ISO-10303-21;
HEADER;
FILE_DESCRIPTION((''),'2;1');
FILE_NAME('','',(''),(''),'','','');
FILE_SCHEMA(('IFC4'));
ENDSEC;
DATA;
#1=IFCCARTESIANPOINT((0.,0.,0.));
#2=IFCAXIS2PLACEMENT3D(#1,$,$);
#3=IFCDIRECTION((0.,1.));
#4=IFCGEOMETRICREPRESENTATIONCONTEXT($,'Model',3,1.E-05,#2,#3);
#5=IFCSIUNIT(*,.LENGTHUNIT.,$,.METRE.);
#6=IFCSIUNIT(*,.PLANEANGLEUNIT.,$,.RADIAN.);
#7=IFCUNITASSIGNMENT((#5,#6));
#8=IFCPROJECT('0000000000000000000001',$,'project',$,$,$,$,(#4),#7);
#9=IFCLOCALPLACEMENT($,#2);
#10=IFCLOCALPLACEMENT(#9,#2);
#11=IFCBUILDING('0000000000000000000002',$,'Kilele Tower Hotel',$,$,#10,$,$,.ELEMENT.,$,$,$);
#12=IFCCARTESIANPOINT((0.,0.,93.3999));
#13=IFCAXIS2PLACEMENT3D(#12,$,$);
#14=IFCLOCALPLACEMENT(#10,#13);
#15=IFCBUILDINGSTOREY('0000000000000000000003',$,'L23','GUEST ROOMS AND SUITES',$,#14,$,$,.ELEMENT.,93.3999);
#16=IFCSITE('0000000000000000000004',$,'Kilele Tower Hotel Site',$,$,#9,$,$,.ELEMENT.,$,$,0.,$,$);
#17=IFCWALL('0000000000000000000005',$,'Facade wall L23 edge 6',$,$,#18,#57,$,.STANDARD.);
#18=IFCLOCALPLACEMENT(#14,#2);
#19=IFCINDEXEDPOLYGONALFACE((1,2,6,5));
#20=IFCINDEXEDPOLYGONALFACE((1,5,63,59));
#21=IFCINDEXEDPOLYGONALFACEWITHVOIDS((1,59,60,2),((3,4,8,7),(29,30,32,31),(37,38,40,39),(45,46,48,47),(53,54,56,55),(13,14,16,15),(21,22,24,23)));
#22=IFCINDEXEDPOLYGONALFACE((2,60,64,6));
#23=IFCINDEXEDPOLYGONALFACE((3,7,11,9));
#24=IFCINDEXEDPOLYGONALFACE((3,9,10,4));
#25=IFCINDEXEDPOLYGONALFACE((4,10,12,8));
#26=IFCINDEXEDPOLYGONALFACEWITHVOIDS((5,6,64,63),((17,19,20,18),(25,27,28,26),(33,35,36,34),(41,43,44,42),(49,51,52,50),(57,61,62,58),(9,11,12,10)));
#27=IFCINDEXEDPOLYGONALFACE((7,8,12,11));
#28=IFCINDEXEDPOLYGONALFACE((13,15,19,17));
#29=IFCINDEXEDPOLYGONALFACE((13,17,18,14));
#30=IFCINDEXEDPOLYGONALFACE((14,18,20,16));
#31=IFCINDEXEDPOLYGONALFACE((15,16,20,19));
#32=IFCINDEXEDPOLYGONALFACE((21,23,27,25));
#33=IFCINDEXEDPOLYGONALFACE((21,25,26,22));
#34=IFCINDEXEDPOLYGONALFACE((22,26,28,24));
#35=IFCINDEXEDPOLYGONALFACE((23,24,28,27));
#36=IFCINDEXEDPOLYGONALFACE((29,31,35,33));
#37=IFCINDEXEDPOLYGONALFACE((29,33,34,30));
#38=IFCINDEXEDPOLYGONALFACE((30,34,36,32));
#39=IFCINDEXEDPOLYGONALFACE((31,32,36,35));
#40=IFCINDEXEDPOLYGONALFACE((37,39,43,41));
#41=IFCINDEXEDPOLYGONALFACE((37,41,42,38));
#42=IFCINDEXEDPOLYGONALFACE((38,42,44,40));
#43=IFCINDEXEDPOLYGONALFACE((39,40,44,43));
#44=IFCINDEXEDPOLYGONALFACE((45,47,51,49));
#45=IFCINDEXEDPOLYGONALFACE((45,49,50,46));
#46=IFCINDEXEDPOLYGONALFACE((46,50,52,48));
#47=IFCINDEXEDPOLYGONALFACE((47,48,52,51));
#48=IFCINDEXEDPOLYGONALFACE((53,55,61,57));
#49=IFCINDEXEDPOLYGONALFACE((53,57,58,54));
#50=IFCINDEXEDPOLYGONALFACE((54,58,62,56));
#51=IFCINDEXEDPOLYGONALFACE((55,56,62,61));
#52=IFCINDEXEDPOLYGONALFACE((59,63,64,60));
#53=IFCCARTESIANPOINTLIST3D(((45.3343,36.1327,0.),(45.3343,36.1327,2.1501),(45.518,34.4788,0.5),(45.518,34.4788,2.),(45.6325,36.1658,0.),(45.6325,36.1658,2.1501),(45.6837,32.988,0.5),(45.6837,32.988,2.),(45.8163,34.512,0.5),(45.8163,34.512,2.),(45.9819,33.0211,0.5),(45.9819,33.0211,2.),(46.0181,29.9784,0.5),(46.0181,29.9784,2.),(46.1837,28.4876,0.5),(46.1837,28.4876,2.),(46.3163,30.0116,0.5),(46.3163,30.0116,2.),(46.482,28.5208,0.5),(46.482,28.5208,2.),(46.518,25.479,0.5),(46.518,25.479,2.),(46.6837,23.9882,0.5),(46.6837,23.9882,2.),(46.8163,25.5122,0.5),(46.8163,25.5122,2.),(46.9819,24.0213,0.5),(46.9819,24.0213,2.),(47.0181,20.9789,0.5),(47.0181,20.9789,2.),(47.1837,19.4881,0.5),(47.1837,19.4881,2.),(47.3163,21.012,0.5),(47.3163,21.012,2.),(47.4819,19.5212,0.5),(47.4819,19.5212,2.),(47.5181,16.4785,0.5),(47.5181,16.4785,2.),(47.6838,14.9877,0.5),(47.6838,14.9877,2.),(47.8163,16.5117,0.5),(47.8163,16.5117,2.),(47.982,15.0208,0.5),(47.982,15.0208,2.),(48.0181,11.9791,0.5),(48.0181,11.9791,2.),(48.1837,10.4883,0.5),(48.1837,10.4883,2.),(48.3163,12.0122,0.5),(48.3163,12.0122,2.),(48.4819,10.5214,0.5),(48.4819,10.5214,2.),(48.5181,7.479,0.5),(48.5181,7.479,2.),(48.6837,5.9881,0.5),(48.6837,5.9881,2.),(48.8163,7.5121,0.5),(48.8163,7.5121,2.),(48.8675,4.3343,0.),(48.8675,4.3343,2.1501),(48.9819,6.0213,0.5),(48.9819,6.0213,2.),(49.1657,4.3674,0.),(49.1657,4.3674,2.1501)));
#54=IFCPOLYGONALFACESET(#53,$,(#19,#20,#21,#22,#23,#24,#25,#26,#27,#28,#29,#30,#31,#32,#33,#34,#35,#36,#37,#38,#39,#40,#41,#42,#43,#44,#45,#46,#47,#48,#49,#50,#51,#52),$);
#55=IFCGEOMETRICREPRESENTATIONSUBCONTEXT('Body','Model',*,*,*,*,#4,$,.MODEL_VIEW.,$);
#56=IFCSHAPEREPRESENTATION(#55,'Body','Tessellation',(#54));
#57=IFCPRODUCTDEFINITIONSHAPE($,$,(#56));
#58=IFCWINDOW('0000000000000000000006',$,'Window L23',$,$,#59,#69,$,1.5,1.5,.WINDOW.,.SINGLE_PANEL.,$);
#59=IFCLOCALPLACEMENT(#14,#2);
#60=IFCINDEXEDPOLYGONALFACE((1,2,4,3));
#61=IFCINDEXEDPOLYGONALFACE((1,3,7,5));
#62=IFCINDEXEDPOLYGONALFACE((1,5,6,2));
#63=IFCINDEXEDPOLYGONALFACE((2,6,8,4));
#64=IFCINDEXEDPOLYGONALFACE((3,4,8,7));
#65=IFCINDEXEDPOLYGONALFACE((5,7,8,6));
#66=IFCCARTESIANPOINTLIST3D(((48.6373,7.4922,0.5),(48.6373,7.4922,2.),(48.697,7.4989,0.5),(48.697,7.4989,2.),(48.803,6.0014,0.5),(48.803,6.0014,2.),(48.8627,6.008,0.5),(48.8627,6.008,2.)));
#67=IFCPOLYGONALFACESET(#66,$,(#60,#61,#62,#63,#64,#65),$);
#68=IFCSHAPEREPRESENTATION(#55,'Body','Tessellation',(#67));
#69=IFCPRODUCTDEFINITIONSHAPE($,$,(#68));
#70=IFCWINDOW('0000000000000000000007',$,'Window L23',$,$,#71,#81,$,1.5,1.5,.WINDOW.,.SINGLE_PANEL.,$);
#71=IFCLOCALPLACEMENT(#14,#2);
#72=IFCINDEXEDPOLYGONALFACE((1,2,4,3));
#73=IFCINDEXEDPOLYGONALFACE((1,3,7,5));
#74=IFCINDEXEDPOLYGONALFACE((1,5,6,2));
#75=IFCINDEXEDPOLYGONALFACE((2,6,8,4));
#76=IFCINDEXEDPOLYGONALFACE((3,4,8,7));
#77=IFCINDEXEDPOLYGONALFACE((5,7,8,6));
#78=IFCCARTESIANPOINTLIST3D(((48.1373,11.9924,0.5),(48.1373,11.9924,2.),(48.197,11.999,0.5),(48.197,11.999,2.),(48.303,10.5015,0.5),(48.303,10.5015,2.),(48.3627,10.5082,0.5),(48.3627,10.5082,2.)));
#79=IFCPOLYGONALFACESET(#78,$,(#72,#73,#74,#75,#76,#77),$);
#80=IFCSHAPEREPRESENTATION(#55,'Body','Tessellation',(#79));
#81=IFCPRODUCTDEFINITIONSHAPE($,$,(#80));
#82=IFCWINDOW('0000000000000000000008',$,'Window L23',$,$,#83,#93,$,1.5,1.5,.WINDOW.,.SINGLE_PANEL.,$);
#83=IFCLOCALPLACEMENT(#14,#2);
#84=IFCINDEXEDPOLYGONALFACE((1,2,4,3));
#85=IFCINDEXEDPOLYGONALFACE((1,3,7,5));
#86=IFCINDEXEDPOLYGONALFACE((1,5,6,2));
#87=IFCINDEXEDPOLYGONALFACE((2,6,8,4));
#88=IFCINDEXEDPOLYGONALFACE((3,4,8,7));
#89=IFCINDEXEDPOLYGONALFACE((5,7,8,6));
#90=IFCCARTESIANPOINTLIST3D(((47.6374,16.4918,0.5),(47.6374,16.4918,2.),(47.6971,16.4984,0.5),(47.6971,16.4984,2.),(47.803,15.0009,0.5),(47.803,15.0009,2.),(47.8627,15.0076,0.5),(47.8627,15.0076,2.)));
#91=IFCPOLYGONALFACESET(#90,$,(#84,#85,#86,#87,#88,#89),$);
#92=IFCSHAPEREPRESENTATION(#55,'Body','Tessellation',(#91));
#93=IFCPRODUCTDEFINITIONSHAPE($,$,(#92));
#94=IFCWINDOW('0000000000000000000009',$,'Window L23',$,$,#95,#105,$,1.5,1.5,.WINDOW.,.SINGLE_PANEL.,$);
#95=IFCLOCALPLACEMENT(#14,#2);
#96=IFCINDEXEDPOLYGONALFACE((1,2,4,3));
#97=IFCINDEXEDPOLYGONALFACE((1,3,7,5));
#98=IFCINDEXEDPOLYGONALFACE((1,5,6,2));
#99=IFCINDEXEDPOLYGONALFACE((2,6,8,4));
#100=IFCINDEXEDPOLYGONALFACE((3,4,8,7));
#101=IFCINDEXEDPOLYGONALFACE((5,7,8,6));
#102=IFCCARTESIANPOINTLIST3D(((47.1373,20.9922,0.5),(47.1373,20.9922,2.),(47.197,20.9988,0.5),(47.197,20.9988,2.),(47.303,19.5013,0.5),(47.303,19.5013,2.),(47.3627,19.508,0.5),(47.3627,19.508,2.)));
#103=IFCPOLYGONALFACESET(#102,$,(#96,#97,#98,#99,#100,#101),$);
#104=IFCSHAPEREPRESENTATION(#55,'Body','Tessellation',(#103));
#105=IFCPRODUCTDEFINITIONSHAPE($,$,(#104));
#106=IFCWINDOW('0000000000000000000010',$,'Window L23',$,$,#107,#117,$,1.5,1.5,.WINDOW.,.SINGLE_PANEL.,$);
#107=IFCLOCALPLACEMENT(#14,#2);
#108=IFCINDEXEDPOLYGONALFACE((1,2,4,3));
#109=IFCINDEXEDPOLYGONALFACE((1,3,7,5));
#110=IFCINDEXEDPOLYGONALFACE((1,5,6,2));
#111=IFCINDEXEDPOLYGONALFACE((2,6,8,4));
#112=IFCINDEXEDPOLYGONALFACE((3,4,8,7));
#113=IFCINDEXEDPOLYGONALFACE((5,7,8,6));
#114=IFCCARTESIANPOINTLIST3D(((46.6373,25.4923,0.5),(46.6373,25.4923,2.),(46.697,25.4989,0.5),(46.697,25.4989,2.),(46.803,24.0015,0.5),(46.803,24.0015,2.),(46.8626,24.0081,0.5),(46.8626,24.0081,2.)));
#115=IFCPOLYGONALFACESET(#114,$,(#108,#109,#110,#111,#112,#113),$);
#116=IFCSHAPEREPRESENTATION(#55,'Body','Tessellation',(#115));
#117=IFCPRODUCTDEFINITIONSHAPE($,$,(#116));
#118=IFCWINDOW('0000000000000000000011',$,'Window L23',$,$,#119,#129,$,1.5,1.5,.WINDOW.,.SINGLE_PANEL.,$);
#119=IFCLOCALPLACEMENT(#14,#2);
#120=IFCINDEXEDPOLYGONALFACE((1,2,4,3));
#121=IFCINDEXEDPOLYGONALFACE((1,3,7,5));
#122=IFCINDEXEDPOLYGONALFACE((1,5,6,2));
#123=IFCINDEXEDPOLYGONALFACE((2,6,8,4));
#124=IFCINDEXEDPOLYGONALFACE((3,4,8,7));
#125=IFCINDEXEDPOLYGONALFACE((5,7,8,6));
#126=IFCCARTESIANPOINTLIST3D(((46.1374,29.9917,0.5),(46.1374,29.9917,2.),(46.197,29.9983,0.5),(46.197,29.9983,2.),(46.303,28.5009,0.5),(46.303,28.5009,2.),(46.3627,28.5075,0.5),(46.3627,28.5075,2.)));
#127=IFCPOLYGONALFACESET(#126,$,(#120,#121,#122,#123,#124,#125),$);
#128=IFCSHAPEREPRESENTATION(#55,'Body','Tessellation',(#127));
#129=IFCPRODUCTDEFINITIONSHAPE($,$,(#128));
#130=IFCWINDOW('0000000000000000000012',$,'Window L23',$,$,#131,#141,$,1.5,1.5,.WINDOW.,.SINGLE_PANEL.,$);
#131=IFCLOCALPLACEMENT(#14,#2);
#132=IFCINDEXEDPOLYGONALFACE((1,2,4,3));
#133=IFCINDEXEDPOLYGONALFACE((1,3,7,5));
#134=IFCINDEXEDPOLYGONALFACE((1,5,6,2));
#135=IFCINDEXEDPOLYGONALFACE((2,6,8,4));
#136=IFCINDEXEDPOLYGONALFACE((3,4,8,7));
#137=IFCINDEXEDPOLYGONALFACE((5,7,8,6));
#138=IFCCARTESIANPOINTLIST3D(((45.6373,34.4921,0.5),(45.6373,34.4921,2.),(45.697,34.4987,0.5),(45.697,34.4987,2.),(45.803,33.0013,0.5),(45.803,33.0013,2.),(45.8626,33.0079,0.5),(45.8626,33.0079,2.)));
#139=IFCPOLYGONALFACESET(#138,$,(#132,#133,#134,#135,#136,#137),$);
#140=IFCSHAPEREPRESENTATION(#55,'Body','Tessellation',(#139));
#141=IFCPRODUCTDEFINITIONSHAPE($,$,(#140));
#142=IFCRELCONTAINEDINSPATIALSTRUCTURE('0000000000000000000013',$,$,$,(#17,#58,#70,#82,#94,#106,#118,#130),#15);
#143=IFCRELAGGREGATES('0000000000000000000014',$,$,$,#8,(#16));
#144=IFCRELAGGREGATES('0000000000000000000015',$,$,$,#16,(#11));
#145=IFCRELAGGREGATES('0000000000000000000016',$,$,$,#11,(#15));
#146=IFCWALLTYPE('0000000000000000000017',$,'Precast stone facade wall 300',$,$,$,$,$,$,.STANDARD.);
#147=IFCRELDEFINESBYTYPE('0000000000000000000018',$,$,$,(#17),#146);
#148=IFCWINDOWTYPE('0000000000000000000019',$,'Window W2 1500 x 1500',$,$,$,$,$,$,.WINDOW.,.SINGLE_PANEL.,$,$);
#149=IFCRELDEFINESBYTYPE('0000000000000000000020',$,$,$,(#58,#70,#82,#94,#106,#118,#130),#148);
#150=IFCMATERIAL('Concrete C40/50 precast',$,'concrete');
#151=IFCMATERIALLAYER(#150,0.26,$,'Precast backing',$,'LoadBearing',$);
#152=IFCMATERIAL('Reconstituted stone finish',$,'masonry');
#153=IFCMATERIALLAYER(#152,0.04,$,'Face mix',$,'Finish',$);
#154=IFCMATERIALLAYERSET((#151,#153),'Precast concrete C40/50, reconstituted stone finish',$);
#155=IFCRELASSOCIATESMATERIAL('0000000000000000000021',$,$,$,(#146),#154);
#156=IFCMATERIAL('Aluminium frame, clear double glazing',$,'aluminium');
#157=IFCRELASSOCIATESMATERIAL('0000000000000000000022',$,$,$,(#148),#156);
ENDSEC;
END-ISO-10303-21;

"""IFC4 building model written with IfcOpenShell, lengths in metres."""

from ifc_helpers import new_model, si_unit, direction, frame, frame_2d, origin, place, context, subcontext, project, spatial, rectangle, extrude, material, layer, layer_set, type_object, element, fill, save


model = new_model("IFC4")

# Units and contexts
model_context = context("Model", 3, precision=1e-05, world=origin(), true_north=direction((0.0, 1.0)))
body_context = subcontext(model_context, "Body", "Model", "MODEL_VIEW")
ifc_project = project(units=[si_unit("LENGTHUNIT", "METRE"), si_unit("PLANEANGLEUNIT", "RADIAN")], contexts=[model_context])

# Site, building, storey
site_placement = place(None, origin())
site = spatial("IfcSite", under=ifc_project, at=site_placement, Name="Kilele Tower Hotel Site", CompositionType="ELEMENT", RefElevation=0.0)
building_placement = place(site_placement, origin())
building = spatial("IfcBuilding", under=site, at=building_placement, Name="Kilele Tower Hotel", CompositionType="ELEMENT")
storey_placement = place(building_placement, frame((0.0, 0.0, 93.3999)))
storey = spatial("IfcBuildingStorey", under=building, at=storey_placement, Name="L23", Description="GUEST ROOMS AND SUITES", CompositionType="ELEMENT", Elevation=93.3999)

# Shared definitions
ifc_material_1 = material(Name="Concrete C40/50 precast", Category="concrete")
ifc_layer_1 = layer(ifc_material_1, 0.26, Name="Precast backing", Category="LoadBearing")
ifc_material_2 = material(Name="Reconstituted stone finish", Category="masonry")
ifc_layer_2 = layer(ifc_material_2, 0.04, Name="Face mix", Category="Finish")
ifc_layer_set_1 = layer_set([ifc_layer_1, ifc_layer_2], Name="Precast concrete C40/50, reconstituted stone finish")
wall_type_1 = type_object("IfcWallType", Name="Precast stone facade wall 300", PredefinedType="STANDARD", material=ifc_layer_set_1)
ifc_material_3 = material(Name="Aluminium frame, clear double glazing", Category="aluminium")
window_type = type_object("IfcWindowType", Name="Window W2 1500 x 1500", PartitioningType="SINGLE_PANEL", PredefinedType="WINDOW", material=ifc_material_3)

# Wall, openings, windows
wall_1_placement = place(storey_placement, frame((49.0166, 4.3508, 0.0), z_axis=(0.0, 0.0, 1.0), x_axis=(-0.110433, 0.993884, 0.0)))
wall_1 = element("IfcWall", 1, at=wall_1_placement, inside=storey, type_object=wall_type_1, Name="Facade wall L23 edge 6", PredefinedType="STANDARD", context=body_context, shape_type="SweptSolid", body=[
    extrude(rectangle(XDim=31.9941, YDim=0.3, at=frame_2d((15.9971, 0.0))), origin(), (0.0, 0.0, 1.0), 2.1501),
])
opening_1_placement = place(wall_1_placement, frame((1.6641, 0.0, 0.5)))
opening_1 = element("IfcOpeningElement", 2, at=opening_1_placement, cuts=wall_1, PredefinedType="OPENING", context=body_context, shape_type="SweptSolid", body=[
    extrude(rectangle(XDim=1.5, YDim=1.5, at=frame_2d((0.75, 0.75))), frame((0.0, 0.1599, 0.0), z_axis=(0.0, -1.0, 0.0), x_axis=(1.0, 0.0, 0.0)), (0.0, 0.0, 1.0), 0.3201),
])
opening_2_placement = place(wall_1_placement, frame((6.1919, 0.0, 0.5)))
opening_2 = element("IfcOpeningElement", 3, at=opening_2_placement, cuts=wall_1, PredefinedType="OPENING", context=body_context, shape_type="SweptSolid", body=[
    extrude(rectangle(XDim=1.5, YDim=1.5, at=frame_2d((0.75, 0.75))), frame((0.0, 0.1599, 0.0), z_axis=(0.0, -1.0, 0.0), x_axis=(1.0, 0.0, 0.0)), (0.0, 0.0, 1.0), 0.3201),
])
opening_3_placement = place(wall_1_placement, frame((10.719, 0.0, 0.5)))
opening_3 = element("IfcOpeningElement", 4, at=opening_3_placement, cuts=wall_1, PredefinedType="OPENING", context=body_context, shape_type="SweptSolid", body=[
    extrude(rectangle(XDim=1.5, YDim=1.5, at=frame_2d((0.75, 0.75))), frame((0.0, 0.1599, 0.0), z_axis=(0.0, -1.0, 0.0), x_axis=(1.0, 0.0, 0.0)), (0.0, 0.0, 1.0), 0.3201),
])
opening_4_placement = place(wall_1_placement, frame((15.2471, 0.0, 0.5)))
opening_4 = element("IfcOpeningElement", 5, at=opening_4_placement, cuts=wall_1, PredefinedType="OPENING", context=body_context, shape_type="SweptSolid", body=[
    extrude(rectangle(XDim=1.5, YDim=1.5, at=frame_2d((0.75, 0.75))), frame((0.0, 0.1599, 0.0), z_axis=(0.0, -1.0, 0.0), x_axis=(1.0, 0.0, 0.0)), (0.0, 0.0, 1.0), 0.3201),
])
opening_5_placement = place(wall_1_placement, frame((19.7749, 0.0, 0.5)))
opening_5 = element("IfcOpeningElement", 6, at=opening_5_placement, cuts=wall_1, PredefinedType="OPENING", context=body_context, shape_type="SweptSolid", body=[
    extrude(rectangle(XDim=1.5, YDim=1.5, at=frame_2d((0.75, 0.75))), frame((0.0, 0.1599, 0.0), z_axis=(0.0, -1.0, 0.0), x_axis=(1.0, 0.0, 0.0)), (0.0, 0.0, 1.0), 0.3201),
])
opening_6_placement = place(wall_1_placement, frame((24.302, 0.0, 0.5)))
opening_6 = element("IfcOpeningElement", 7, at=opening_6_placement, cuts=wall_1, PredefinedType="OPENING", context=body_context, shape_type="SweptSolid", body=[
    extrude(rectangle(XDim=1.5, YDim=1.5, at=frame_2d((0.75, 0.75))), frame((0.0, 0.1599, 0.0), z_axis=(0.0, -1.0, 0.0), x_axis=(1.0, 0.0, 0.0)), (0.0, 0.0, 1.0), 0.3201),
])
opening_7_placement = place(wall_1_placement, frame((28.8301, 0.0, 0.5)))
opening_7 = element("IfcOpeningElement", 8, at=opening_7_placement, cuts=wall_1, PredefinedType="OPENING", context=body_context, shape_type="SweptSolid", body=[
    extrude(rectangle(XDim=1.5, YDim=1.5, at=frame_2d((0.75, 0.75))), frame((0.0, 0.1599, 0.0), z_axis=(0.0, -1.0, 0.0), x_axis=(1.0, 0.0, 0.0)), (0.0, 0.0, 1.0), 0.3201),
])
window_1_placement = place(opening_1_placement, origin())
window_1 = element("IfcWindow", 9, at=window_1_placement, inside=storey, type_object=window_type, Name="Window L23", OverallHeight=1.5, OverallWidth=1.5, PartitioningType="SINGLE_PANEL", PredefinedType="WINDOW", context=body_context, shape_type="SweptSolid", body=[
    extrude(rectangle(XDim=1.5, YDim=1.5, at=frame_2d((0.75, 0.75))), frame((0.0, 0.03, 0.0), z_axis=(0.0, -1.0, 0.0), x_axis=(1.0, 0.0, 0.0)), (0.0, 0.0, 1.0), 0.0601),
])
fill(opening_1, window_1)
window_2_placement = place(opening_2_placement, origin())
window_2 = element("IfcWindow", 10, at=window_2_placement, inside=storey, type_object=window_type, Name="Window L23", OverallHeight=1.5, OverallWidth=1.5, PartitioningType="SINGLE_PANEL", PredefinedType="WINDOW", context=body_context, shape_type="SweptSolid", body=[
    extrude(rectangle(XDim=1.5, YDim=1.5, at=frame_2d((0.75, 0.75))), frame((0.0, 0.03, 0.0), z_axis=(0.0, -1.0, 0.0), x_axis=(1.0, 0.0, 0.0)), (0.0, 0.0, 1.0), 0.0601),
])
fill(opening_2, window_2)
window_3_placement = place(opening_3_placement, origin())
window_3 = element("IfcWindow", 11, at=window_3_placement, inside=storey, type_object=window_type, Name="Window L23", OverallHeight=1.5, OverallWidth=1.5, PartitioningType="SINGLE_PANEL", PredefinedType="WINDOW", context=body_context, shape_type="SweptSolid", body=[
    extrude(rectangle(XDim=1.5, YDim=1.5, at=frame_2d((0.75, 0.75))), frame((0.0, 0.03, 0.0), z_axis=(0.0, -1.0, 0.0), x_axis=(1.0, 0.0, 0.0)), (0.0, 0.0, 1.0), 0.0601),
])
fill(opening_3, window_3)
window_4_placement = place(opening_4_placement, origin())
window_4 = element("IfcWindow", 12, at=window_4_placement, inside=storey, type_object=window_type, Name="Window L23", OverallHeight=1.5, OverallWidth=1.5, PartitioningType="SINGLE_PANEL", PredefinedType="WINDOW", context=body_context, shape_type="SweptSolid", body=[
    extrude(rectangle(XDim=1.5, YDim=1.5, at=frame_2d((0.75, 0.75))), frame((0.0, 0.03, 0.0), z_axis=(0.0, -1.0, 0.0), x_axis=(1.0, 0.0, 0.0)), (0.0, 0.0, 1.0), 0.0601),
])
fill(opening_4, window_4)
window_5_placement = place(opening_5_placement, origin())
window_5 = element("IfcWindow", 13, at=window_5_placement, inside=storey, type_object=window_type, Name="Window L23", OverallHeight=1.5, OverallWidth=1.5, PartitioningType="SINGLE_PANEL", PredefinedType="WINDOW", context=body_context, shape_type="SweptSolid", body=[
    extrude(rectangle(XDim=1.5, YDim=1.5, at=frame_2d((0.75, 0.75))), frame((0.0, 0.03, 0.0), z_axis=(0.0, -1.0, 0.0), x_axis=(1.0, 0.0, 0.0)), (0.0, 0.0, 1.0), 0.0601),
])
fill(opening_5, window_5)
window_6_placement = place(opening_6_placement, origin())
window_6 = element("IfcWindow", 14, at=window_6_placement, inside=storey, type_object=window_type, Name="Window L23", OverallHeight=1.5, OverallWidth=1.5, PartitioningType="SINGLE_PANEL", PredefinedType="WINDOW", context=body_context, shape_type="SweptSolid", body=[
    extrude(rectangle(XDim=1.5, YDim=1.5, at=frame_2d((0.75, 0.75))), frame((0.0, 0.03, 0.0), z_axis=(0.0, -1.0, 0.0), x_axis=(1.0, 0.0, 0.0)), (0.0, 0.0, 1.0), 0.0601),
])
fill(opening_6, window_6)
window_7_placement = place(opening_7_placement, origin())
window_7 = element("IfcWindow", 15, at=window_7_placement, inside=storey, type_object=window_type, Name="Window L23", OverallHeight=1.5, OverallWidth=1.5, PartitioningType="SINGLE_PANEL", PredefinedType="WINDOW", context=body_context, shape_type="SweptSolid", body=[
    extrude(rectangle(XDim=1.5, YDim=1.5, at=frame_2d((0.75, 0.75))), frame((0.0, 0.03, 0.0), z_axis=(0.0, -1.0, 0.0), x_axis=(1.0, 0.0, 0.0)), (0.0, 0.0, 1.0), 0.0601),
])
fill(opening_7, window_7)

save(model, "model.ifc")
